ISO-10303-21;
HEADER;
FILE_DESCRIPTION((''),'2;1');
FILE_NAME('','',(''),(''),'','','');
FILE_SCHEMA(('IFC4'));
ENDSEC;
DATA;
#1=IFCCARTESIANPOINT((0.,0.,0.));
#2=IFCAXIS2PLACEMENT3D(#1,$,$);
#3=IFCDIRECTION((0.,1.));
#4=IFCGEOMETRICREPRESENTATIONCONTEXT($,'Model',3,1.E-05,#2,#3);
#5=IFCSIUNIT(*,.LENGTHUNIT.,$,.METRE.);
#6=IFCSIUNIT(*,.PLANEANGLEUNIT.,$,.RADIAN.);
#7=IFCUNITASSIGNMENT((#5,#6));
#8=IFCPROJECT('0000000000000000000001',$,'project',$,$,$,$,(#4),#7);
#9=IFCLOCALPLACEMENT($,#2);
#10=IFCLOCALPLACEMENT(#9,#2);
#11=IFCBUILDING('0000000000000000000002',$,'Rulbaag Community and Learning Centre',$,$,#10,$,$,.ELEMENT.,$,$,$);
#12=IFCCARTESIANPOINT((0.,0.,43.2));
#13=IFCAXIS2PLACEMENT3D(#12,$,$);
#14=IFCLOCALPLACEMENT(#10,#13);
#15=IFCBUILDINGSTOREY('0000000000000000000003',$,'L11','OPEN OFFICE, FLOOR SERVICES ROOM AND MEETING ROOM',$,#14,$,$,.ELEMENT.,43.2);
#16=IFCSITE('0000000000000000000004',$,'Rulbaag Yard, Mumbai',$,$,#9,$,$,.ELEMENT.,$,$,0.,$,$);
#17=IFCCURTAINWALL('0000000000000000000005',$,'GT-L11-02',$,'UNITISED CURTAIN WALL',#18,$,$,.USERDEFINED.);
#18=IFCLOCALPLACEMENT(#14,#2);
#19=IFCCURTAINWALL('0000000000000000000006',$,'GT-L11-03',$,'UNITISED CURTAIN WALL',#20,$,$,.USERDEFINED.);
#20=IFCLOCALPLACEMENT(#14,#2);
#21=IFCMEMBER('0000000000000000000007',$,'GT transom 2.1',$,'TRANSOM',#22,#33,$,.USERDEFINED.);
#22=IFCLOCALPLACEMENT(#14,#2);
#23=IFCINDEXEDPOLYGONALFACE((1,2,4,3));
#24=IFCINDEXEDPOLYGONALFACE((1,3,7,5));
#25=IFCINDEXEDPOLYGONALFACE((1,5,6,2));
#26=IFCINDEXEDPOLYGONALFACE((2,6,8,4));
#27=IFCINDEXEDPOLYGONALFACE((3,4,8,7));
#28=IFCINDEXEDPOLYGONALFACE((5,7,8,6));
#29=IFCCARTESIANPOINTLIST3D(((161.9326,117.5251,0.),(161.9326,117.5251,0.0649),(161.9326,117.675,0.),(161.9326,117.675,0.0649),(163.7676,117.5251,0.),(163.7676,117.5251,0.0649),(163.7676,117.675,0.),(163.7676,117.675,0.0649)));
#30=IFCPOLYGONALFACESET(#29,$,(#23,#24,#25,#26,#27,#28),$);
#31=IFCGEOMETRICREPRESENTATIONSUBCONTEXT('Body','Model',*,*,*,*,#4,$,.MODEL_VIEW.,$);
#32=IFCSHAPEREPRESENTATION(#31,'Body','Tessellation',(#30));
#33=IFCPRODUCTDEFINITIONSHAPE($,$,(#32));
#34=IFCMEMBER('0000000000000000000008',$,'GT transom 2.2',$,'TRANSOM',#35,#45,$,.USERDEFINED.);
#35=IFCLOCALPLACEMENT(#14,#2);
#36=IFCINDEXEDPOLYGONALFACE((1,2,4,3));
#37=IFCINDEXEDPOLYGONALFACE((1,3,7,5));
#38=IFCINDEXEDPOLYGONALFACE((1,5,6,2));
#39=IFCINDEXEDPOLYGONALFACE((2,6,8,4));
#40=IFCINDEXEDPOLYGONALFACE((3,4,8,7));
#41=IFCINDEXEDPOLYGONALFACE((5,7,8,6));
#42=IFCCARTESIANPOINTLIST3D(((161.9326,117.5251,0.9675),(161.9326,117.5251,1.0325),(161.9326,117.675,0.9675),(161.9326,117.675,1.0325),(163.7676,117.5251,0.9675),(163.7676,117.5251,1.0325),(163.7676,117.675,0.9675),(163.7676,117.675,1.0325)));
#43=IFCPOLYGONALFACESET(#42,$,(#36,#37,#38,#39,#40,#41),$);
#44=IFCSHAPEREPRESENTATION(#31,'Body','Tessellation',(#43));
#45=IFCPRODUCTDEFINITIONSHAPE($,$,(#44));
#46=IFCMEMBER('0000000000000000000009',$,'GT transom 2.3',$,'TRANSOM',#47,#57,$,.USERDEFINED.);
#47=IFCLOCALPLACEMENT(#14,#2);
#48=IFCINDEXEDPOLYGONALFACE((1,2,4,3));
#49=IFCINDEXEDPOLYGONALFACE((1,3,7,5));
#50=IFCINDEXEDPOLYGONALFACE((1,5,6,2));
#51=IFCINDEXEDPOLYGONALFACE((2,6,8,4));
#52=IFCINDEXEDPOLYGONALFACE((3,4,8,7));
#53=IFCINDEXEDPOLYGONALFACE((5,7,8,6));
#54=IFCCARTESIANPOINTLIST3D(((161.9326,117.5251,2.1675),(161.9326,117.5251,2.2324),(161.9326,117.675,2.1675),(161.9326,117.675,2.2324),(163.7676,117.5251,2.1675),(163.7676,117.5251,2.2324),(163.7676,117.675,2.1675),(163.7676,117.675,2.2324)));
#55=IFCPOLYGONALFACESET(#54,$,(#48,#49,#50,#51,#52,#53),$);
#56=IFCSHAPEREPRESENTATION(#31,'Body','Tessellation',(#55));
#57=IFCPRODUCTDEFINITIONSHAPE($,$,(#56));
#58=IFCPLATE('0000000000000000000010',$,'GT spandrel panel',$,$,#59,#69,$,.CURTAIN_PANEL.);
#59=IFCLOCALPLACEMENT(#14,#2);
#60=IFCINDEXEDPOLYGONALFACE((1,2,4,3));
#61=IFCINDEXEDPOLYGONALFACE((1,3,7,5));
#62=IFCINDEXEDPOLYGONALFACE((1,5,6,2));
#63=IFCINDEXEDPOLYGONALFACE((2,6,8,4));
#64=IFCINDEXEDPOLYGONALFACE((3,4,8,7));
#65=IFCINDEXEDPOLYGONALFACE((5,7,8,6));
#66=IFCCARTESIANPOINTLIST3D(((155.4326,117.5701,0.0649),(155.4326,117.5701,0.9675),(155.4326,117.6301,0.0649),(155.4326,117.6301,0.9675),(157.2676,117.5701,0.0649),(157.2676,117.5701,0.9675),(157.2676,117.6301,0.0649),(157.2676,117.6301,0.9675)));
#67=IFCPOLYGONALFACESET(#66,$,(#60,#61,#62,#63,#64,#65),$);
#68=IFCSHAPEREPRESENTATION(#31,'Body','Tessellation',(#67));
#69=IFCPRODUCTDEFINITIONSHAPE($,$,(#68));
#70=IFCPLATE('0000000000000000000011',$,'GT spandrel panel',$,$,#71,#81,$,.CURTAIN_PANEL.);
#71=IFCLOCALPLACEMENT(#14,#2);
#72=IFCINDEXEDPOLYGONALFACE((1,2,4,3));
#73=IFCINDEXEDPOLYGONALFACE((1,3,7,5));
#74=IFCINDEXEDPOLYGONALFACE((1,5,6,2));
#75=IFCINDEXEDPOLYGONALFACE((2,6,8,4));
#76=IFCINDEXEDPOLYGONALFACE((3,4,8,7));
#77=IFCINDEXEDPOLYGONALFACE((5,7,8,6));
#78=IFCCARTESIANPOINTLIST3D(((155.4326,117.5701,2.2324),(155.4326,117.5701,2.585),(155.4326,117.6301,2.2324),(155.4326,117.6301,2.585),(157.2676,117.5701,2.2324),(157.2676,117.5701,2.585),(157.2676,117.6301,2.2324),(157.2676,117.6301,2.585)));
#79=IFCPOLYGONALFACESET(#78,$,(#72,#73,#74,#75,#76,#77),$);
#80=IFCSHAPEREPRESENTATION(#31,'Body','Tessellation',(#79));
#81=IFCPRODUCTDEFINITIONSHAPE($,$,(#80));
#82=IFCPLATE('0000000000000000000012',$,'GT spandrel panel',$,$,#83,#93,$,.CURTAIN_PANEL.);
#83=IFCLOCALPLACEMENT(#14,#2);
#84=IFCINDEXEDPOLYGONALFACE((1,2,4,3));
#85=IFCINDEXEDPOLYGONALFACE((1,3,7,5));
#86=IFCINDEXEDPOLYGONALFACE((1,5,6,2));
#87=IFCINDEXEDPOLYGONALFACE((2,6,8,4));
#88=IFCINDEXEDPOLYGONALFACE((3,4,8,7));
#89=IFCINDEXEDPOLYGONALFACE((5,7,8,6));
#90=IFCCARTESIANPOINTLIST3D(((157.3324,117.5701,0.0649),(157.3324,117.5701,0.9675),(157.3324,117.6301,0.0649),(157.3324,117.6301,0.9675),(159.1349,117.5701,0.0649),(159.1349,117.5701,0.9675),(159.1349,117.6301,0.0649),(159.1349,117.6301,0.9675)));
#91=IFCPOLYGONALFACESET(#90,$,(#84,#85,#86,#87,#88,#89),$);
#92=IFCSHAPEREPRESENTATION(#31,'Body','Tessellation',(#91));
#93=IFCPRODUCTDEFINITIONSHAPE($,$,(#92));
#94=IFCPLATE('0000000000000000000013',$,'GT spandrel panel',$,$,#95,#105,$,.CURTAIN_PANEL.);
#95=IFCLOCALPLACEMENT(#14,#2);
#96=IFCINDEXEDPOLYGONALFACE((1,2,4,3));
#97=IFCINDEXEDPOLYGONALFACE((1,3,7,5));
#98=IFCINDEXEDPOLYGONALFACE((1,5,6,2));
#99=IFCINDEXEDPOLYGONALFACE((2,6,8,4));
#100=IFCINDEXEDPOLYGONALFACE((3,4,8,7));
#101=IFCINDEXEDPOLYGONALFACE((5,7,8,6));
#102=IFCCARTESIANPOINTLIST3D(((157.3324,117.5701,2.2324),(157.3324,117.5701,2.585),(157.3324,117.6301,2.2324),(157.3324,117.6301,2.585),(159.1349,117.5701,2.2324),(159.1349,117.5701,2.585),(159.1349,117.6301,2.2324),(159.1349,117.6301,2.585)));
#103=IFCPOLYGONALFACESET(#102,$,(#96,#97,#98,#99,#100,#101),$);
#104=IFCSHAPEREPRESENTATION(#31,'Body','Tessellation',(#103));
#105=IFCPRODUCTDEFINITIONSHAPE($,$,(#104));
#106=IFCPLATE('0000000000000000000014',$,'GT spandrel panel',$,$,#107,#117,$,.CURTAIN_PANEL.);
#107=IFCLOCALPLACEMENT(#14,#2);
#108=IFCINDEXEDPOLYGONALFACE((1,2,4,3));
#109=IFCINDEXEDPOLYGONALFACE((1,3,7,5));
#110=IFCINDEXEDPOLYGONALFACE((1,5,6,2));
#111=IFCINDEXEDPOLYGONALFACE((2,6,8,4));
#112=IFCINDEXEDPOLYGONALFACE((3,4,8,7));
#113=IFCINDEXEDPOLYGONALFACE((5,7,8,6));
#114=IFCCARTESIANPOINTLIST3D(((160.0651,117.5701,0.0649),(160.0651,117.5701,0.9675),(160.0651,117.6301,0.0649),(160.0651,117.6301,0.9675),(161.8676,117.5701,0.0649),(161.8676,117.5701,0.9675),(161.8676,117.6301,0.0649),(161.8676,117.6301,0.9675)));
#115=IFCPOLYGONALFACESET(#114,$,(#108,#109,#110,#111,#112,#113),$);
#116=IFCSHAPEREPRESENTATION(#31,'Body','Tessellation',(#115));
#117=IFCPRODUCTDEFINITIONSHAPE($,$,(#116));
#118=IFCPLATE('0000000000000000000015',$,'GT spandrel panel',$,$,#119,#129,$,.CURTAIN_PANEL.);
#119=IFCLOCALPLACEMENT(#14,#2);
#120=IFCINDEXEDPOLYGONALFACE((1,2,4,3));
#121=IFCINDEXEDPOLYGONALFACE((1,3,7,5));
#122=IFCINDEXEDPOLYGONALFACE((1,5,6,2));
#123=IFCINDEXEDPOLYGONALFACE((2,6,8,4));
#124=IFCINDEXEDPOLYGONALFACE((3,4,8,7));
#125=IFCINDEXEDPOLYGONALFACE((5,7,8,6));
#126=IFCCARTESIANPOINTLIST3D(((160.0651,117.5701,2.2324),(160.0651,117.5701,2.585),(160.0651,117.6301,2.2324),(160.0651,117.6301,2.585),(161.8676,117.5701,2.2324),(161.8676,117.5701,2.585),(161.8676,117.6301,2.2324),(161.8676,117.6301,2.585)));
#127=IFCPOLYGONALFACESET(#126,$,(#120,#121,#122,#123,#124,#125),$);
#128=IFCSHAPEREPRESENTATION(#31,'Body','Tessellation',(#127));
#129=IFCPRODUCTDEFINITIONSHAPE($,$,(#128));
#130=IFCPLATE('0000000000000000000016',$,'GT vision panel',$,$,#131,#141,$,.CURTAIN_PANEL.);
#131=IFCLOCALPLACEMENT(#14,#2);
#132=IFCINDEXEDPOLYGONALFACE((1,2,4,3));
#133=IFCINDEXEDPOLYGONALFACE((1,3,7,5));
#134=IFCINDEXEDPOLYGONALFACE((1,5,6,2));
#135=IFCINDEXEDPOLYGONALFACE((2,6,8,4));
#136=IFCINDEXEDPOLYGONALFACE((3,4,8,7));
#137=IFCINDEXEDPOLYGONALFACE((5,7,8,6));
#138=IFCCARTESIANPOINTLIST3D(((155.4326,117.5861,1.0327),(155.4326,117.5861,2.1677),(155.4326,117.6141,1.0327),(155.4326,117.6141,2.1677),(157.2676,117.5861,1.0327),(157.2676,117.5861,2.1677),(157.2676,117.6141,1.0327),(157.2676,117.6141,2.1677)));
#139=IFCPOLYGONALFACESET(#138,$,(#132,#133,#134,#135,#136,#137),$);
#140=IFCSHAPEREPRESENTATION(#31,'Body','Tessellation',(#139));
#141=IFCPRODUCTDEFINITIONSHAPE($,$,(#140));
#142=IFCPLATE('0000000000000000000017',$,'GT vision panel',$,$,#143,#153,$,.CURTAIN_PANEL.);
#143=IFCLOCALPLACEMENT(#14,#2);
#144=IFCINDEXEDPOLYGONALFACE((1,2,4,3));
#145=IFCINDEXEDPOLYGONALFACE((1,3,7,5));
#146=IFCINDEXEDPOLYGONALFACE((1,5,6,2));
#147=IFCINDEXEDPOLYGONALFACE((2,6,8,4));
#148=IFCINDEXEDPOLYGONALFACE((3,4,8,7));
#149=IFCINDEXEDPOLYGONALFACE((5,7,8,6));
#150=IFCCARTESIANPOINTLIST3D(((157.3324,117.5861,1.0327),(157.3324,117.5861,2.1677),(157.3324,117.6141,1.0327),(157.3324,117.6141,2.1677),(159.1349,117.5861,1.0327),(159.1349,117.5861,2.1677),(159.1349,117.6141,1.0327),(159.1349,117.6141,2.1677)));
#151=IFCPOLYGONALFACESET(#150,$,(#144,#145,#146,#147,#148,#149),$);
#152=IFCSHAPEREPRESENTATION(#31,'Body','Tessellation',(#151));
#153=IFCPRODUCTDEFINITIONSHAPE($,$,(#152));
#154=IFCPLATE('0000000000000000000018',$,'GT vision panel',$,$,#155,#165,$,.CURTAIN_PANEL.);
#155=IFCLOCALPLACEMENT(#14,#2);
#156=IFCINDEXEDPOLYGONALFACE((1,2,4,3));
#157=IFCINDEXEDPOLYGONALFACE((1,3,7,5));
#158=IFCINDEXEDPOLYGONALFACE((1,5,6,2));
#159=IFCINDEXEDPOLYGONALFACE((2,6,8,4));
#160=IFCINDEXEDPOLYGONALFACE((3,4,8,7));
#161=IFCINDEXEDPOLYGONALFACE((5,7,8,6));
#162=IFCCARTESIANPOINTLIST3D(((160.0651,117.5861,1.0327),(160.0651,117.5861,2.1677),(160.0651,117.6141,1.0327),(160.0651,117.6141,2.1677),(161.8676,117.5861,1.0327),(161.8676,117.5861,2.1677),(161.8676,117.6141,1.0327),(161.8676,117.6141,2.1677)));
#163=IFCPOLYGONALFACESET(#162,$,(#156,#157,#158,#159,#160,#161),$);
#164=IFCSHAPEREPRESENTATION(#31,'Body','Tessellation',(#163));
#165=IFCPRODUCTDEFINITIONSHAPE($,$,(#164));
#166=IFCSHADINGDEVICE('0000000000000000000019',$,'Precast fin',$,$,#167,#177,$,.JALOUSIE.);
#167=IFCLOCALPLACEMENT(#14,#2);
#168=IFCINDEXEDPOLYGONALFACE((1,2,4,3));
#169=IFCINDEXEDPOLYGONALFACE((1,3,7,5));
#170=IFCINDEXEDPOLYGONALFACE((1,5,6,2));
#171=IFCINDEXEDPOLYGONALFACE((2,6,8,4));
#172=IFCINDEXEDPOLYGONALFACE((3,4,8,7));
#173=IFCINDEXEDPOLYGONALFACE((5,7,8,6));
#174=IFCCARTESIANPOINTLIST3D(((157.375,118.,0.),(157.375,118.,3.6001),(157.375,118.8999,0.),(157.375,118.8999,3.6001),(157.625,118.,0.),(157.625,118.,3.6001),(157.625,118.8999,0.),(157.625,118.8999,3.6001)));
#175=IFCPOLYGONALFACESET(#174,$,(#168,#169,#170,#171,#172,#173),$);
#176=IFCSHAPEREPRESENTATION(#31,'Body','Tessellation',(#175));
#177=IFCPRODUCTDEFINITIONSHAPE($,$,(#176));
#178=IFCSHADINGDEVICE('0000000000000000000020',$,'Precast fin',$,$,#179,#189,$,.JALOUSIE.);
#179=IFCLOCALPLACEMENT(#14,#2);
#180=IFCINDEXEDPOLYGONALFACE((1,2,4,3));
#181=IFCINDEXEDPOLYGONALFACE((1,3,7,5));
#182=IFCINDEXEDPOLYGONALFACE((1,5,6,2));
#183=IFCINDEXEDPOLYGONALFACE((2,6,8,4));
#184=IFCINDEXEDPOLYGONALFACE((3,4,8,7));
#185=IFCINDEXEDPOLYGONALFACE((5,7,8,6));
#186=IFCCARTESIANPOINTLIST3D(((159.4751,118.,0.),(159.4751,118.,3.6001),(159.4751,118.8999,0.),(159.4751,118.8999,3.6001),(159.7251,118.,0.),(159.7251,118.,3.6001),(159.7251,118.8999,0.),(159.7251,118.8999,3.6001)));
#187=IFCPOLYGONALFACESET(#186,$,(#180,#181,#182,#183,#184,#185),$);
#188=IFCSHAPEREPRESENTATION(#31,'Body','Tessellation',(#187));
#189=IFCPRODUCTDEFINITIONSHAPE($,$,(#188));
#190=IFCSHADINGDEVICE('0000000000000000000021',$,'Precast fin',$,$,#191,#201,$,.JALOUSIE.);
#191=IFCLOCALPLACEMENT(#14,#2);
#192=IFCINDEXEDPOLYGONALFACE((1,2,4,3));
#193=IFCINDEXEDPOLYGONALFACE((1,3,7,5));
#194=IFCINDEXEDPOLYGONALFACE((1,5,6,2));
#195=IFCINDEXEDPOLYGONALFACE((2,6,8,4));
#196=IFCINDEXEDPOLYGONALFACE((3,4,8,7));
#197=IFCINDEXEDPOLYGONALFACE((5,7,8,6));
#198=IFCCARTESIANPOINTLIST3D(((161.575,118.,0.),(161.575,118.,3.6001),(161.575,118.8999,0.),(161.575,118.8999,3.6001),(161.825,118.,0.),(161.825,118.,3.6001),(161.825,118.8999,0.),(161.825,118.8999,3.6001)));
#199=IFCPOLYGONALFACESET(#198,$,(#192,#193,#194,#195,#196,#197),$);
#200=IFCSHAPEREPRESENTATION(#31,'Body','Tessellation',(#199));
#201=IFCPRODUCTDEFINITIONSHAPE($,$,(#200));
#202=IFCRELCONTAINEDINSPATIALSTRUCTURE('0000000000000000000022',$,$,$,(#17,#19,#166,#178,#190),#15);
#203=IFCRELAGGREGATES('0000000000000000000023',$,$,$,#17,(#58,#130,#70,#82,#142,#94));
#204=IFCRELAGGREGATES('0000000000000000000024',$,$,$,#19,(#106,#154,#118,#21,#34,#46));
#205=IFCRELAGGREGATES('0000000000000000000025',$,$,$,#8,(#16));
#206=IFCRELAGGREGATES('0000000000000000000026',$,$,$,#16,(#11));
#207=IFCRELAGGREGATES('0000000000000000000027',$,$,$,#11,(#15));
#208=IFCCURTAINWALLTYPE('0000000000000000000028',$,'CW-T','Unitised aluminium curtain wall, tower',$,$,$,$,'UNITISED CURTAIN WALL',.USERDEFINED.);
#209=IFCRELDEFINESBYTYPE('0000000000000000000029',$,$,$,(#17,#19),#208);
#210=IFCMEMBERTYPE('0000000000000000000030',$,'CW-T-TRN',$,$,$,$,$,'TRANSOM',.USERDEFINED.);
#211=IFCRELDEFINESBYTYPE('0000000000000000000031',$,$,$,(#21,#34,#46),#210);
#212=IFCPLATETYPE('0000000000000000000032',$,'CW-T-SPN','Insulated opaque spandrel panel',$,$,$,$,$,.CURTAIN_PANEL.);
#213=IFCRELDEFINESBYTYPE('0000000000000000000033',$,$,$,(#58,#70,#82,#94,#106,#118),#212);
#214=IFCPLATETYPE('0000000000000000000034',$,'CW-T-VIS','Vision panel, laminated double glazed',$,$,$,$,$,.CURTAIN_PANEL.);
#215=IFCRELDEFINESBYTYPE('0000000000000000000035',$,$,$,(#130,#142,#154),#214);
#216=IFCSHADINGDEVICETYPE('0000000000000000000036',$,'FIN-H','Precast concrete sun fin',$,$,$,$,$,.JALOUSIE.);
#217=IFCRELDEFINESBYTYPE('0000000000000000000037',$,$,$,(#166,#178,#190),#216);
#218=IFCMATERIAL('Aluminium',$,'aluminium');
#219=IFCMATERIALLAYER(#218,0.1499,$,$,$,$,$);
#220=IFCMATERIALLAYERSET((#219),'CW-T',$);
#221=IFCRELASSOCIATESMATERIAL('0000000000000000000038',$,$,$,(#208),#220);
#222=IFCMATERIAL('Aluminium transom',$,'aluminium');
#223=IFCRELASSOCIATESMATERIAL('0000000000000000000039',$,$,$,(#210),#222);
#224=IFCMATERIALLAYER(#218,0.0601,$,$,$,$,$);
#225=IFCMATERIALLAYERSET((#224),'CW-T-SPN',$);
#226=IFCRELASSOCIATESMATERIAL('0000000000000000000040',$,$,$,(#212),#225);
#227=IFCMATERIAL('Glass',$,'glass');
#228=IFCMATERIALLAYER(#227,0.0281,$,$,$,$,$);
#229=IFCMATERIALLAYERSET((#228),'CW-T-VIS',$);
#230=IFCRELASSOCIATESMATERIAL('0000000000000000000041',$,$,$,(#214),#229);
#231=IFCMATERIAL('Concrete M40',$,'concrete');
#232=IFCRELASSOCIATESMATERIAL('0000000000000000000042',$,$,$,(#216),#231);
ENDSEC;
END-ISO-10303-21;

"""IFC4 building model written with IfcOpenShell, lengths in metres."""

from ifc_helpers import new_model, si_unit, direction, frame, origin, origin_2d, place, context, subcontext, project, spatial, rectangle, extrude, material, layer, layer_set, material_profile, profile_set, type_object, element, aggregate, save


model = new_model("IFC4")

# Units and contexts
model_context = context("Model", 3, precision=1e-05, world=origin(), true_north=direction((0.0, 1.0)))
body_context = subcontext(model_context, "Body", "Model", "MODEL_VIEW")
ifc_project = project(units=[si_unit("LENGTHUNIT", "METRE"), si_unit("PLANEANGLEUNIT", "RADIAN")], contexts=[model_context])

# Site, building, storey
site_placement = place(None, origin())
site = spatial("IfcSite", under=ifc_project, at=site_placement, Name="Rulbaag Yard, Mumbai", CompositionType="ELEMENT", RefElevation=0.0)
building_placement = place(site_placement, origin())
building = spatial("IfcBuilding", under=site, at=building_placement, Name="Rulbaag Community and Learning Centre", CompositionType="ELEMENT")
storey_placement = place(building_placement, frame((0.0, 0.0, 43.2)))
storey = spatial("IfcBuildingStorey", under=building, at=storey_placement, Name="L11", Description="OPEN OFFICE, FLOOR SERVICES ROOM AND MEETING ROOM", CompositionType="ELEMENT", Elevation=43.2)

# Shared definitions
ifc_material_1 = material(Name="Concrete M40", Category="concrete")

# Curtain walls
ifc_material_2 = material(Name="Aluminium", Category="aluminium")
ifc_layer_1 = layer(ifc_material_2, 0.1499)
ifc_layer_set_1 = layer_set([ifc_layer_1], Name="CW-T")
curtain_wall_type = type_object("IfcCurtainWallType", Name="CW-T", Description="Unitised aluminium curtain wall, tower", ElementType="UNITISED CURTAIN WALL", PredefinedType="USERDEFINED", material=ifc_layer_set_1)
curtain_wall_1_placement = place(storey_placement, origin())
curtain_wall_1 = element("IfcCurtainWall", 1, at=curtain_wall_1_placement, inside=storey, type_object=curtain_wall_type, Name="GT-L11-02", ObjectType="UNITISED CURTAIN WALL", PredefinedType="USERDEFINED")
curtain_wall_2_placement = place(storey_placement, origin())
curtain_wall_2 = element("IfcCurtainWall", 2, at=curtain_wall_2_placement, inside=storey, type_object=curtain_wall_type, Name="GT-L11-03", ObjectType="UNITISED CURTAIN WALL", PredefinedType="USERDEFINED")

# Members
ifc_material_3 = material(Name="Aluminium transom", Category="aluminium")
ifc_material_profile_1 = material_profile(ifc_material_3, rectangle(XDim=0.1499, YDim=0.0649, at=origin_2d()), Name="AL 65x150 T")
ifc_profile_set_1 = profile_set([ifc_material_profile_1], Name="Aluminium transom")
member_type_1 = type_object("IfcMemberType", Name="CW-T-TRN", ElementType="TRANSOM", PredefinedType="USERDEFINED", material=ifc_profile_set_1)
member_1_placement = place(storey_placement, frame((161.9326, 117.6001, 0.0325), z_axis=(1.0, 0.0, 0.0), x_axis=(0.0, 1.0, 0.0)))
member_1 = element("IfcMember", 3, at=member_1_placement, type_object=member_type_1, Name="GT transom 2.1", ObjectType="TRANSOM", PredefinedType="USERDEFINED", context=body_context, shape_type="SweptSolid", body=[
    extrude(rectangle(XDim=0.1499, YDim=0.0649, at=origin_2d()), origin(), (0.0, 0.0, 1.0), 1.835),
])
member_2_placement = place(storey_placement, frame((161.9326, 117.6001, 1.0), z_axis=(1.0, 0.0, 0.0), x_axis=(0.0, 1.0, 0.0)))
member_2 = element("IfcMember", 4, at=member_2_placement, type_object=member_type_1, Name="GT transom 2.2", ObjectType="TRANSOM", PredefinedType="USERDEFINED", context=body_context, shape_type="SweptSolid", body=[
    extrude(rectangle(XDim=0.1499, YDim=0.0649, at=origin_2d()), origin(), (0.0, 0.0, 1.0), 1.835),
])
member_3_placement = place(storey_placement, frame((161.9326, 117.6001, 2.2), z_axis=(1.0, 0.0, 0.0), x_axis=(0.0, 1.0, 0.0)))
member_3 = element("IfcMember", 5, at=member_3_placement, type_object=member_type_1, Name="GT transom 2.3", ObjectType="TRANSOM", PredefinedType="USERDEFINED", context=body_context, shape_type="SweptSolid", body=[
    extrude(rectangle(XDim=0.1499, YDim=0.0649, at=origin_2d()), origin(), (0.0, 0.0, 1.0), 1.835),
])

# Plates
ifc_layer_2 = layer(ifc_material_2, 0.0601)
ifc_layer_set_2 = layer_set([ifc_layer_2], Name="CW-T-SPN")
plate_type_1 = type_object("IfcPlateType", Name="CW-T-SPN", Description="Insulated opaque spandrel panel", PredefinedType="CURTAIN_PANEL", material=ifc_layer_set_2)
plate_1_placement = place(storey_placement, frame((156.3501, 117.6001, 0.0649), z_axis=(0.0, 0.0, 1.0), x_axis=(1.0, 0.0, 0.0)))
plate_1 = element("IfcPlate", 6, at=plate_1_placement, type_object=plate_type_1, Name="GT spandrel panel", PredefinedType="CURTAIN_PANEL", context=body_context, shape_type="SweptSolid", body=[
    extrude(rectangle(XDim=1.835, YDim=0.0601, at=origin_2d()), origin(), (0.0, 0.0, 1.0), 0.9026),
])
plate_2_placement = place(storey_placement, frame((156.3501, 117.6001, 2.2324), z_axis=(0.0, 0.0, 1.0), x_axis=(1.0, 0.0, 0.0)))
plate_2 = element("IfcPlate", 7, at=plate_2_placement, type_object=plate_type_1, Name="GT spandrel panel", PredefinedType="CURTAIN_PANEL", context=body_context, shape_type="SweptSolid", body=[
    extrude(rectangle(XDim=1.835, YDim=0.0601, at=origin_2d()), origin(), (0.0, 0.0, 1.0), 0.3525),
])
plate_3_placement = place(storey_placement, frame((158.2336, 117.6001, 0.0649), z_axis=(0.0, 0.0, 1.0), x_axis=(1.0, 0.0, 0.0)))
plate_3 = element("IfcPlate", 8, at=plate_3_placement, type_object=plate_type_1, Name="GT spandrel panel", PredefinedType="CURTAIN_PANEL", context=body_context, shape_type="SweptSolid", body=[
    extrude(rectangle(XDim=1.8025, YDim=0.0601, at=origin_2d()), origin(), (0.0, 0.0, 1.0), 0.9026),
])
plate_4_placement = place(storey_placement, frame((158.2336, 117.6001, 2.2324), z_axis=(0.0, 0.0, 1.0), x_axis=(1.0, 0.0, 0.0)))
plate_4 = element("IfcPlate", 9, at=plate_4_placement, type_object=plate_type_1, Name="GT spandrel panel", PredefinedType="CURTAIN_PANEL", context=body_context, shape_type="SweptSolid", body=[
    extrude(rectangle(XDim=1.8025, YDim=0.0601, at=origin_2d()), origin(), (0.0, 0.0, 1.0), 0.3525),
])
plate_5_placement = place(storey_placement, frame((160.9663, 117.6001, 0.0649), z_axis=(0.0, 0.0, 1.0), x_axis=(1.0, 0.0, 0.0)))
plate_5 = element("IfcPlate", 10, at=plate_5_placement, type_object=plate_type_1, Name="GT spandrel panel", PredefinedType="CURTAIN_PANEL", context=body_context, shape_type="SweptSolid", body=[
    extrude(rectangle(XDim=1.8025, YDim=0.0601, at=origin_2d()), origin(), (0.0, 0.0, 1.0), 0.9026),
])
plate_6_placement = place(storey_placement, frame((160.9663, 117.6001, 2.2324), z_axis=(0.0, 0.0, 1.0), x_axis=(1.0, 0.0, 0.0)))
plate_6 = element("IfcPlate", 11, at=plate_6_placement, type_object=plate_type_1, Name="GT spandrel panel", PredefinedType="CURTAIN_PANEL", context=body_context, shape_type="SweptSolid", body=[
    extrude(rectangle(XDim=1.8025, YDim=0.0601, at=origin_2d()), origin(), (0.0, 0.0, 1.0), 0.3525),
])
ifc_material_4 = material(Name="Glass", Category="glass")
ifc_layer_3 = layer(ifc_material_4, 0.0281)
ifc_layer_set_3 = layer_set([ifc_layer_3], Name="CW-T-VIS")
plate_type_2 = type_object("IfcPlateType", Name="CW-T-VIS", Description="Vision panel, laminated double glazed", PredefinedType="CURTAIN_PANEL", material=ifc_layer_set_3)
plate_7_placement = place(storey_placement, frame((156.3501, 117.6001, 1.0327), z_axis=(0.0, 0.0, 1.0), x_axis=(1.0, 0.0, 0.0)))
plate_7 = element("IfcPlate", 12, at=plate_7_placement, type_object=plate_type_2, Name="GT vision panel", PredefinedType="CURTAIN_PANEL", context=body_context, shape_type="SweptSolid", body=[
    extrude(rectangle(XDim=1.835, YDim=0.0281, at=origin_2d()), origin(), (0.0, 0.0, 1.0), 1.135),
])
plate_8_placement = place(storey_placement, frame((158.2336, 117.6001, 1.0327), z_axis=(0.0, 0.0, 1.0), x_axis=(1.0, 0.0, 0.0)))
plate_8 = element("IfcPlate", 13, at=plate_8_placement, type_object=plate_type_2, Name="GT vision panel", PredefinedType="CURTAIN_PANEL", context=body_context, shape_type="SweptSolid", body=[
    extrude(rectangle(XDim=1.8025, YDim=0.0281, at=origin_2d()), origin(), (0.0, 0.0, 1.0), 1.135),
])
aggregate(curtain_wall_1, [plate_1, plate_7, plate_2, plate_3, plate_8, plate_4])
plate_9_placement = place(storey_placement, frame((160.9663, 117.6001, 1.0327), z_axis=(0.0, 0.0, 1.0), x_axis=(1.0, 0.0, 0.0)))
plate_9 = element("IfcPlate", 14, at=plate_9_placement, type_object=plate_type_2, Name="GT vision panel", PredefinedType="CURTAIN_PANEL", context=body_context, shape_type="SweptSolid", body=[
    extrude(rectangle(XDim=1.8025, YDim=0.0281, at=origin_2d()), origin(), (0.0, 0.0, 1.0), 1.135),
])
aggregate(curtain_wall_2, [plate_5, plate_9, plate_6, member_1, member_2, member_3])

# Shading devices
ifc_material_profile_2 = material_profile(ifc_material_1, rectangle(XDim=0.25, YDim=0.8999, at=origin_2d()), Name="PC 250x900")
ifc_profile_set_2 = profile_set([ifc_material_profile_2], Name="Concrete M40")
shading_device_type = type_object("IfcShadingDeviceType", Name="FIN-H", Description="Precast concrete sun fin", PredefinedType="JALOUSIE", material=ifc_profile_set_2)
for number, where, z_axis, x_axis, name in (
    (15, (157.5, 118.45, 0.0), (0.0, 0.0, 1.0), (1.0, 0.0, 0.0), "Precast fin"),
    (16, (159.6001, 118.45, 0.0), (0.0, 0.0, 1.0), (1.0, 0.0, 0.0), "Precast fin"),
    (17, (161.7, 118.45, 0.0), (0.0, 0.0, 1.0), (1.0, 0.0, 0.0), "Precast fin"),
):
    element("IfcShadingDevice", number, at=place(storey_placement, frame(where, z_axis=z_axis, x_axis=x_axis)), inside=storey, type_object=shading_device_type, Name=name, PredefinedType="JALOUSIE", context=body_context, shape_type="SweptSolid", body=[
        extrude(rectangle(XDim=0.25, YDim=0.8999, at=origin_2d()), origin(), (0.0, 0.0, 1.0), 3.6001),
    ])

save(model, "model.ifc")
